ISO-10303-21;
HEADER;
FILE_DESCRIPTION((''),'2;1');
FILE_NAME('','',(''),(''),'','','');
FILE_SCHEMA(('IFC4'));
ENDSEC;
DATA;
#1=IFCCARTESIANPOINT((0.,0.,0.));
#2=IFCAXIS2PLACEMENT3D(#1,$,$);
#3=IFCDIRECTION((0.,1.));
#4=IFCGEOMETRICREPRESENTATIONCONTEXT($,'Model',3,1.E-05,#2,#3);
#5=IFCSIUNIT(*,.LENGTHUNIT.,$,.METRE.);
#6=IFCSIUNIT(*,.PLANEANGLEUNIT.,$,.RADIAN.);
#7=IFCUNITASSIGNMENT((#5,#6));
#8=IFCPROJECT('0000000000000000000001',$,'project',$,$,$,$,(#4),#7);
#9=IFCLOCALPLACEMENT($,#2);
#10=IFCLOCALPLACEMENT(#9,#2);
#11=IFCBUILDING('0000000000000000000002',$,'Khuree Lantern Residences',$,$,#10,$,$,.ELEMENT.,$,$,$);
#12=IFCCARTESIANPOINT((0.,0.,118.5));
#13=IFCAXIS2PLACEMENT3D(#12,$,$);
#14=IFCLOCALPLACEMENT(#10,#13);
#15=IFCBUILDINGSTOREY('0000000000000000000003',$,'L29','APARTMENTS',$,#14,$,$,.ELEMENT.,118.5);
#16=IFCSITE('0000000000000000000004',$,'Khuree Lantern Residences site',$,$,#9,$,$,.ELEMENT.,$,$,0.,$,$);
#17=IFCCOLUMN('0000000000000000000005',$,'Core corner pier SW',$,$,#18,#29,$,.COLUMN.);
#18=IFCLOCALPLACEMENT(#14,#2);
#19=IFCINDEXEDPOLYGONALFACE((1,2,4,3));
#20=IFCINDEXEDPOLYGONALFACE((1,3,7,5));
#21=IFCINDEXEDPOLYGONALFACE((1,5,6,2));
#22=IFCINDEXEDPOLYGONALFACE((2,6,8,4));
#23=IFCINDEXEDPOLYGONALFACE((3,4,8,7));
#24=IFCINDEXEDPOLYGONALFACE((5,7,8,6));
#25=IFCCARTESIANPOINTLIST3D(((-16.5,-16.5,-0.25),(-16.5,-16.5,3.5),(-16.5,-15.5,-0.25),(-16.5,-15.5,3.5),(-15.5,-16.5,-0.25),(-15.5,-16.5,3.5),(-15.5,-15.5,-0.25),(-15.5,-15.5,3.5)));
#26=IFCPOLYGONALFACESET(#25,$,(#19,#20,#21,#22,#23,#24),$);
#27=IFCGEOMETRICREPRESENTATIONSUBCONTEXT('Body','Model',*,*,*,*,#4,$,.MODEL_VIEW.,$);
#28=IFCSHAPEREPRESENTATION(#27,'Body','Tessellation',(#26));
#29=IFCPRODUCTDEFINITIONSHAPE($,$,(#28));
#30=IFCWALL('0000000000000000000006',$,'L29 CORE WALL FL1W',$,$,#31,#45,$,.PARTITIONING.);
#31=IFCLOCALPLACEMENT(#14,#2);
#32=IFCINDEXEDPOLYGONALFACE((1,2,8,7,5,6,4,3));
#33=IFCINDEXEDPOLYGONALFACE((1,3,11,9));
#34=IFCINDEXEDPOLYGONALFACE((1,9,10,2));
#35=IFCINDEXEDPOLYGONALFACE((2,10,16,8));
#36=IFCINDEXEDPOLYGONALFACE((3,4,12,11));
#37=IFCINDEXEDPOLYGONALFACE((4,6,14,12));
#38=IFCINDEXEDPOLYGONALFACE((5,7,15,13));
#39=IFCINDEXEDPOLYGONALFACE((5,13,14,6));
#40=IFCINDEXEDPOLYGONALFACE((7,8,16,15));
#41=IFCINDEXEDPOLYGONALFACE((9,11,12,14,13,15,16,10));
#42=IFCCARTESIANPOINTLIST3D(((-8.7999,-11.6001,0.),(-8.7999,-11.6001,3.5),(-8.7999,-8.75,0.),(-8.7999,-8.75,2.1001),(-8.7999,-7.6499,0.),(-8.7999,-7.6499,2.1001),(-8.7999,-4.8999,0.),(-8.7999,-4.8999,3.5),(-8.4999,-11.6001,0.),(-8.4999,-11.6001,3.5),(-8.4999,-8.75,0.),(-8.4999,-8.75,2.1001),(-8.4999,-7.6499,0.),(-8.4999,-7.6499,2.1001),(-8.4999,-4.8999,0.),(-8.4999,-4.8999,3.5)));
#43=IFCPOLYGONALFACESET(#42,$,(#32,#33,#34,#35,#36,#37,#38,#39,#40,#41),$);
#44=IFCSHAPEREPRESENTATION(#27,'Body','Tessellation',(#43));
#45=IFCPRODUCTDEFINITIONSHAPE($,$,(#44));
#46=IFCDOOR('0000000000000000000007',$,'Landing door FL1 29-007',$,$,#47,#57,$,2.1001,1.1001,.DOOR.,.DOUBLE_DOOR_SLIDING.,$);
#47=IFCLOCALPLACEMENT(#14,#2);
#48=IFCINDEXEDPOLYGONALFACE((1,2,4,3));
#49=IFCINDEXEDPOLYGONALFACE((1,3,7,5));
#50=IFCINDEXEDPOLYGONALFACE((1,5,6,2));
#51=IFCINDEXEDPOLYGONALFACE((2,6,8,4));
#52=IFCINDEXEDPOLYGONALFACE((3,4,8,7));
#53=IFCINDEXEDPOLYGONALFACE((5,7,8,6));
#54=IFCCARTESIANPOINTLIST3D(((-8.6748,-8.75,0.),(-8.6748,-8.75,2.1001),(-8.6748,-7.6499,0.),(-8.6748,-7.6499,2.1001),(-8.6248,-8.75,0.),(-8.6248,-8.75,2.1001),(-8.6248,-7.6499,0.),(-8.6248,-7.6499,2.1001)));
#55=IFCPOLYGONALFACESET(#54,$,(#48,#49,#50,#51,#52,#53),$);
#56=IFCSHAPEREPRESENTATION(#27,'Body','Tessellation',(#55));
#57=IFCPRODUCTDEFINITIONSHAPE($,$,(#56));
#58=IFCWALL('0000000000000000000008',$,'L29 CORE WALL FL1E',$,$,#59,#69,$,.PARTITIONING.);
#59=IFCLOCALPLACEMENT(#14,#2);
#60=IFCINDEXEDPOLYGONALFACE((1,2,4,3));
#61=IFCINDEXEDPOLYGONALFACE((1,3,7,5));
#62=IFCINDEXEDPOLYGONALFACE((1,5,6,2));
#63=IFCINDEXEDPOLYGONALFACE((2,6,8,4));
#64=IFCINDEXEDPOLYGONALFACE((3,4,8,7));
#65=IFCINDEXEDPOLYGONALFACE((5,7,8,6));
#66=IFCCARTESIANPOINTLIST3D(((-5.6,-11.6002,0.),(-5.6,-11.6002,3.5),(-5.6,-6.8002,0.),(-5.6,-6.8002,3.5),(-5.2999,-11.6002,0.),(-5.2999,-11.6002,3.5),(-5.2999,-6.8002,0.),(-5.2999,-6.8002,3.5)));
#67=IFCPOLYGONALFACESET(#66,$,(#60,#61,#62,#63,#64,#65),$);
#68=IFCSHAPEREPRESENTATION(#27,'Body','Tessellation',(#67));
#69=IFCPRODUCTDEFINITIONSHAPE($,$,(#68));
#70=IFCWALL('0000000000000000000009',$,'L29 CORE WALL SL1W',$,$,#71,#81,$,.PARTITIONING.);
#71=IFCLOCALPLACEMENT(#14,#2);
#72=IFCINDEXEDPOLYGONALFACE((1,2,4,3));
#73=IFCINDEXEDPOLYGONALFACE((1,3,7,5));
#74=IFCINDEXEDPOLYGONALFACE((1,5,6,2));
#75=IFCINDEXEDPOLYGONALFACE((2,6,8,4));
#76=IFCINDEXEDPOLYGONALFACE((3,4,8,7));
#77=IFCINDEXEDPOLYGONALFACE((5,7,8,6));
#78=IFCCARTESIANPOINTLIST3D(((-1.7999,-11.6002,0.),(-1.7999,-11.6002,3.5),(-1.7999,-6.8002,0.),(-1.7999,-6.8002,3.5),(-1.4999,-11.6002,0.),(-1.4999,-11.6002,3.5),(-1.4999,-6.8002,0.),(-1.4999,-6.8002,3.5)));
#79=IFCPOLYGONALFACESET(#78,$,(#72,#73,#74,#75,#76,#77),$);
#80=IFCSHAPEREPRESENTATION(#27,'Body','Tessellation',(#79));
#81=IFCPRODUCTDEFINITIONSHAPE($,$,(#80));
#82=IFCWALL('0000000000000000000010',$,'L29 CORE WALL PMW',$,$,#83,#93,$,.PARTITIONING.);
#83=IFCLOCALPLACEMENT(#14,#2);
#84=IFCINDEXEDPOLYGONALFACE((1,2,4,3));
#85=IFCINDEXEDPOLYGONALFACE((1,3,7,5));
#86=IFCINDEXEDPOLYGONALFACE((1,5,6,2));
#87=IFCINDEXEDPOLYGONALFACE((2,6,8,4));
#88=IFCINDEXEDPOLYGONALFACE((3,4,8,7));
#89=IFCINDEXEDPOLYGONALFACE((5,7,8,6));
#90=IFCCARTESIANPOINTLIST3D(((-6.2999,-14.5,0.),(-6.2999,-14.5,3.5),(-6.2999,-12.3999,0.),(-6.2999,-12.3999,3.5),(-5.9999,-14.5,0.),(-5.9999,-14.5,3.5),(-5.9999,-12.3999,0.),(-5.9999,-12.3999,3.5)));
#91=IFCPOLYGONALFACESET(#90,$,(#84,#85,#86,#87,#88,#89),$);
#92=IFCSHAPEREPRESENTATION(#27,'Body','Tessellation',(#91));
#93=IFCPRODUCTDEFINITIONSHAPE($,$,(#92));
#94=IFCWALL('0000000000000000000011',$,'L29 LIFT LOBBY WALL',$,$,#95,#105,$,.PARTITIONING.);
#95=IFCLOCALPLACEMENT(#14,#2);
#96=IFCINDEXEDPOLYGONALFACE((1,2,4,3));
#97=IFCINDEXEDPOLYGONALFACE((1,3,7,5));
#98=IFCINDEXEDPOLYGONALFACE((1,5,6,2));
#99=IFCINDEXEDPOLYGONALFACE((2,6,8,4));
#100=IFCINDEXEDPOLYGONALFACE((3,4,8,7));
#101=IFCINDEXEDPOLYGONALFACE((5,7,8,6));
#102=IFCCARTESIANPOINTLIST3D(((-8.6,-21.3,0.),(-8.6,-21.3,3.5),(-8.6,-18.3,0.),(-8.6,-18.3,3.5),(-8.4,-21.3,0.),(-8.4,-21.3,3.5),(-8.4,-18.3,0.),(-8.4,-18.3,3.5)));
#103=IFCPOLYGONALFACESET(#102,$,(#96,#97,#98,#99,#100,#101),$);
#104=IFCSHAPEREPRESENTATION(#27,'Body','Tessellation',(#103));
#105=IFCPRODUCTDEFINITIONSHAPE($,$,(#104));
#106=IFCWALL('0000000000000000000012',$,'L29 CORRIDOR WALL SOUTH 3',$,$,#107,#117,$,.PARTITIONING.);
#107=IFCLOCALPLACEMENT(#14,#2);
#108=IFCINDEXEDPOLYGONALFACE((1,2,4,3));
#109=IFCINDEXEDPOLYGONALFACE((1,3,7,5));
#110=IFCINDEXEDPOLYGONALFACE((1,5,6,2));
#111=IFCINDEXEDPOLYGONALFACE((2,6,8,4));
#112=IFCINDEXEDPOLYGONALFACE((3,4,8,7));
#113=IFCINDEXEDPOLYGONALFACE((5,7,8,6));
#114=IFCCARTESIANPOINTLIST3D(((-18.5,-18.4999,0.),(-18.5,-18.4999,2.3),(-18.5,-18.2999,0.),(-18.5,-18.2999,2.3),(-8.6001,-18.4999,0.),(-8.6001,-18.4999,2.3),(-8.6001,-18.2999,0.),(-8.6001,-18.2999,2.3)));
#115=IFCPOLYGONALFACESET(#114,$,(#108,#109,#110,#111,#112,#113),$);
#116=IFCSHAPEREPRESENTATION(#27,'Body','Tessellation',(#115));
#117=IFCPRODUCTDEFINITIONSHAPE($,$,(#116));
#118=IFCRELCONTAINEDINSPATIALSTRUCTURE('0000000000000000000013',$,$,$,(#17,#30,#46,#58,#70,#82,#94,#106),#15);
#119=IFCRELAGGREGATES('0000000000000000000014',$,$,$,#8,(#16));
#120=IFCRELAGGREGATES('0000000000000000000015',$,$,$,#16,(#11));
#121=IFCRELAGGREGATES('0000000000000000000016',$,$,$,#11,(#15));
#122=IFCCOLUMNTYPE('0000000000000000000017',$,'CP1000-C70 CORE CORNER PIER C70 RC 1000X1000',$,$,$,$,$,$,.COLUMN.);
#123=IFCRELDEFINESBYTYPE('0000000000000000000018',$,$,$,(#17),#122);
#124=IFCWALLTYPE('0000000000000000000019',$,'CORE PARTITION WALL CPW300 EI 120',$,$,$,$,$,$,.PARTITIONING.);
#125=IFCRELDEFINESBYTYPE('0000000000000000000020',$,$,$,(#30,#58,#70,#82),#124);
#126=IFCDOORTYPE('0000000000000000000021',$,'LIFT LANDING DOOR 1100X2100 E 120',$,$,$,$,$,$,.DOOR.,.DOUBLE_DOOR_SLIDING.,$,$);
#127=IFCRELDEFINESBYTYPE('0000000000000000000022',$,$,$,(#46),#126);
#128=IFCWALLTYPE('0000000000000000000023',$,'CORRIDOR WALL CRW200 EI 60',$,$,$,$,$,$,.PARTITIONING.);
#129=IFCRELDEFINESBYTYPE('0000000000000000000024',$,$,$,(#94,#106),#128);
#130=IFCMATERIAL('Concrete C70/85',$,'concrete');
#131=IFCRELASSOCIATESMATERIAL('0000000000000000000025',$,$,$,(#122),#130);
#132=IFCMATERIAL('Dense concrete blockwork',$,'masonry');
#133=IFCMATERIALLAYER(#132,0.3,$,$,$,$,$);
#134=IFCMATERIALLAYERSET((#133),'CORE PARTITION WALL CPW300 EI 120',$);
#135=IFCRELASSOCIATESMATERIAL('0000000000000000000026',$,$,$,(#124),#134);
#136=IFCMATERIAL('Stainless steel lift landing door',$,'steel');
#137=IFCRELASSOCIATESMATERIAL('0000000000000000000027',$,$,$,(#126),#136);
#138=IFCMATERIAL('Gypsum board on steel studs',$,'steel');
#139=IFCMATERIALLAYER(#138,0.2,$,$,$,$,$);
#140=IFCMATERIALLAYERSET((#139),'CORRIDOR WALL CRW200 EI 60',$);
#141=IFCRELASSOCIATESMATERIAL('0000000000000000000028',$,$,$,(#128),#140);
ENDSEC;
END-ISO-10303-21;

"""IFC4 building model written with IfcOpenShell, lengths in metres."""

from ifc_helpers import new_model, si_unit, direction, frame, frame_2d, origin, origin_2d, place, context, subcontext, project, spatial, rectangle, extrude, material, layer, layer_set, material_profile, profile_set, type_object, element, fill, save


model = new_model("IFC4")

# Units and contexts
model_context = context("Model", 3, precision=1e-05, world=origin(), true_north=direction((0.0, 1.0)))
body_context = subcontext(model_context, "Body", "Model", "MODEL_VIEW")
ifc_project = project(units=[si_unit("LENGTHUNIT", "METRE"), si_unit("PLANEANGLEUNIT", "RADIAN")], contexts=[model_context])

# Site, building, storey
site_placement = place(None, origin())
site = spatial("IfcSite", under=ifc_project, at=site_placement, Name="Khuree Lantern Residences site", CompositionType="ELEMENT", RefElevation=0.0)
building_placement = place(site_placement, origin())
building = spatial("IfcBuilding", under=site, at=building_placement, Name="Khuree Lantern Residences", CompositionType="ELEMENT")
storey_placement = place(building_placement, frame((0.0, 0.0, 118.5)))
storey = spatial("IfcBuildingStorey", under=building, at=storey_placement, Name="L29", Description="APARTMENTS", CompositionType="ELEMENT", Elevation=118.5)

# Column
ifc_material_1 = material(Name="Concrete C70/85", Category="concrete")
ifc_material_profile = material_profile(ifc_material_1, rectangle(XDim=1.0, YDim=1.0, at=origin_2d()), Name="RC 1000X1000")
ifc_profile_set = profile_set([ifc_material_profile], Name="Concrete C70/85")
column_type = type_object("IfcColumnType", Name="CP1000-C70 CORE CORNER PIER C70 RC 1000X1000", PredefinedType="COLUMN", material=ifc_profile_set)
column_placement = place(storey_placement, frame((-16.0, -16.0, -0.25), z_axis=(0.0, 0.0, 1.0), x_axis=(1.0, 0.0, 0.0)))
element("IfcColumn", 1, at=column_placement, inside=storey, type_object=column_type, Name="Core corner pier SW", PredefinedType="COLUMN", context=body_context, shape_type="SweptSolid", body=[
    extrude(rectangle(XDim=1.0, YDim=1.0, at=origin_2d()), origin(), (0.0, 0.0, 1.0), 3.75),
])

# Wall, opening, door
ifc_material_2 = material(Name="Dense concrete blockwork", Category="masonry")
ifc_layer_1 = layer(ifc_material_2, 0.3)
ifc_layer_set_1 = layer_set([ifc_layer_1], Name="CORE PARTITION WALL CPW300 EI 120")
wall_type_1 = type_object("IfcWallType", Name="CORE PARTITION WALL CPW300 EI 120", PredefinedType="PARTITIONING", material=ifc_layer_set_1)
wall_1_placement = place(storey_placement, frame((-8.6499, -11.6001, 0.0), z_axis=(0.0, 0.0, 1.0), x_axis=(0.0, 1.0, 0.0)))
wall_1 = element("IfcWall", 2, at=wall_1_placement, inside=storey, type_object=wall_type_1, Name="L29 CORE WALL FL1W", PredefinedType="PARTITIONING", context=body_context, shape_type="SweptSolid", body=[
    extrude(rectangle(XDim=6.7002, YDim=0.3, at=frame_2d((3.3501, 0.0))), origin(), (0.0, 0.0, 1.0), 3.5),
])
opening_1_placement = place(wall_1_placement, frame((2.8501, 0.0, 0.0)))
opening_1 = element("IfcOpeningElement", 3, at=opening_1_placement, cuts=wall_1, PredefinedType="OPENING", context=body_context, shape_type="SweptSolid", body=[
    extrude(rectangle(XDim=1.1001, YDim=2.1001, at=frame_2d((0.55, 1.05))), frame((0.0, 0.1602, 0.0), z_axis=(0.0, -1.0, 0.0), x_axis=(1.0, 0.0, 0.0)), (0.0, 0.0, 1.0), 0.3201),
])
ifc_material_3 = material(Name="Stainless steel lift landing door", Category="steel")
door_type_1 = type_object("IfcDoorType", Name="LIFT LANDING DOOR 1100X2100 E 120", OperationType="DOUBLE_DOOR_SLIDING", PredefinedType="DOOR", material=ifc_material_3)
door_1_placement = place(opening_1_placement, origin())
door_1 = element("IfcDoor", 4, at=door_1_placement, inside=storey, type_object=door_type_1, Name="Landing door FL1 29-007", OperationType="DOUBLE_DOOR_SLIDING", OverallHeight=2.1001, OverallWidth=1.1001, PredefinedType="DOOR", context=body_context, shape_type="SweptSolid", body=[
    extrude(rectangle(XDim=1.1001, YDim=2.1001, at=frame_2d((0.55, 1.05))), frame((0.0, 0.0249, 0.0), z_axis=(0.0, -1.0, 0.0), x_axis=(1.0, 0.0, 0.0)), (0.0, 0.0, 1.0), 0.05),
])
fill(opening_1, door_1)

# Walls
for number, where, z_axis, x_axis, name in (
    (5, (-5.45, -11.6001, 0.0), (0.0, 0.0, 1.0), (0.0, 1.0, 0.0), "L29 CORE WALL FL1E"),
    (6, (-1.6499, -11.6001, 0.0), (0.0, 0.0, 1.0), (0.0, 1.0, 0.0), "L29 CORE WALL SL1W"),
):
    element("IfcWall", number, at=place(storey_placement, frame(where, z_axis=z_axis, x_axis=x_axis)), inside=storey, type_object=wall_type_1, Name=name, PredefinedType="PARTITIONING", context=body_context, shape_type="SweptSolid", body=[
        extrude(rectangle(XDim=4.8, YDim=0.3, at=frame_2d((2.3999, 0.0))), origin(), (0.0, 0.0, 1.0), 3.5),
    ])
wall_2_placement = place(storey_placement, frame((-6.1499, -14.5, 0.0), z_axis=(0.0, 0.0, 1.0), x_axis=(0.0, 1.0, 0.0)))
element("IfcWall", 7, at=wall_2_placement, inside=storey, type_object=wall_type_1, Name="L29 CORE WALL PMW", PredefinedType="PARTITIONING", context=body_context, shape_type="SweptSolid", body=[
    extrude(rectangle(XDim=2.1001, YDim=0.3, at=frame_2d((1.05, 0.0))), origin(), (0.0, 0.0, 1.0), 3.5),
])
ifc_material_4 = material(Name="Gypsum board on steel studs", Category="steel")
ifc_layer_2 = layer(ifc_material_4, 0.2)
ifc_layer_set_2 = layer_set([ifc_layer_2], Name="CORRIDOR WALL CRW200 EI 60")
wall_type_2 = type_object("IfcWallType", Name="CORRIDOR WALL CRW200 EI 60", PredefinedType="PARTITIONING", material=ifc_layer_set_2)
wall_3_placement = place(storey_placement, frame((-8.5, -18.3, 0.0), z_axis=(0.0, 0.0, 1.0), x_axis=(0.0, -1.0, 0.0)))
element("IfcWall", 8, at=wall_3_placement, inside=storey, type_object=wall_type_2, Name="L29 LIFT LOBBY WALL", PredefinedType="PARTITIONING", context=body_context, shape_type="SweptSolid", body=[
    extrude(rectangle(XDim=3.0, YDim=0.2, at=frame_2d((1.5, 0.0))), origin(), (0.0, 0.0, 1.0), 3.5),
])
wall_4_placement = place(storey_placement, frame((-8.6001, -18.3999, 0.0), z_axis=(0.0, 0.0, 1.0), x_axis=(-1.0, 0.0, 0.0)))
element("IfcWall", 9, at=wall_4_placement, inside=storey, type_object=wall_type_2, Name="L29 CORRIDOR WALL SOUTH 3", PredefinedType="PARTITIONING", context=body_context, shape_type="SweptSolid", body=[
    extrude(rectangle(XDim=9.8999, YDim=0.2, at=frame_2d((4.95, 0.0))), origin(), (0.0, 0.0, 1.0), 2.3),
])

save(model, "model.ifc")
